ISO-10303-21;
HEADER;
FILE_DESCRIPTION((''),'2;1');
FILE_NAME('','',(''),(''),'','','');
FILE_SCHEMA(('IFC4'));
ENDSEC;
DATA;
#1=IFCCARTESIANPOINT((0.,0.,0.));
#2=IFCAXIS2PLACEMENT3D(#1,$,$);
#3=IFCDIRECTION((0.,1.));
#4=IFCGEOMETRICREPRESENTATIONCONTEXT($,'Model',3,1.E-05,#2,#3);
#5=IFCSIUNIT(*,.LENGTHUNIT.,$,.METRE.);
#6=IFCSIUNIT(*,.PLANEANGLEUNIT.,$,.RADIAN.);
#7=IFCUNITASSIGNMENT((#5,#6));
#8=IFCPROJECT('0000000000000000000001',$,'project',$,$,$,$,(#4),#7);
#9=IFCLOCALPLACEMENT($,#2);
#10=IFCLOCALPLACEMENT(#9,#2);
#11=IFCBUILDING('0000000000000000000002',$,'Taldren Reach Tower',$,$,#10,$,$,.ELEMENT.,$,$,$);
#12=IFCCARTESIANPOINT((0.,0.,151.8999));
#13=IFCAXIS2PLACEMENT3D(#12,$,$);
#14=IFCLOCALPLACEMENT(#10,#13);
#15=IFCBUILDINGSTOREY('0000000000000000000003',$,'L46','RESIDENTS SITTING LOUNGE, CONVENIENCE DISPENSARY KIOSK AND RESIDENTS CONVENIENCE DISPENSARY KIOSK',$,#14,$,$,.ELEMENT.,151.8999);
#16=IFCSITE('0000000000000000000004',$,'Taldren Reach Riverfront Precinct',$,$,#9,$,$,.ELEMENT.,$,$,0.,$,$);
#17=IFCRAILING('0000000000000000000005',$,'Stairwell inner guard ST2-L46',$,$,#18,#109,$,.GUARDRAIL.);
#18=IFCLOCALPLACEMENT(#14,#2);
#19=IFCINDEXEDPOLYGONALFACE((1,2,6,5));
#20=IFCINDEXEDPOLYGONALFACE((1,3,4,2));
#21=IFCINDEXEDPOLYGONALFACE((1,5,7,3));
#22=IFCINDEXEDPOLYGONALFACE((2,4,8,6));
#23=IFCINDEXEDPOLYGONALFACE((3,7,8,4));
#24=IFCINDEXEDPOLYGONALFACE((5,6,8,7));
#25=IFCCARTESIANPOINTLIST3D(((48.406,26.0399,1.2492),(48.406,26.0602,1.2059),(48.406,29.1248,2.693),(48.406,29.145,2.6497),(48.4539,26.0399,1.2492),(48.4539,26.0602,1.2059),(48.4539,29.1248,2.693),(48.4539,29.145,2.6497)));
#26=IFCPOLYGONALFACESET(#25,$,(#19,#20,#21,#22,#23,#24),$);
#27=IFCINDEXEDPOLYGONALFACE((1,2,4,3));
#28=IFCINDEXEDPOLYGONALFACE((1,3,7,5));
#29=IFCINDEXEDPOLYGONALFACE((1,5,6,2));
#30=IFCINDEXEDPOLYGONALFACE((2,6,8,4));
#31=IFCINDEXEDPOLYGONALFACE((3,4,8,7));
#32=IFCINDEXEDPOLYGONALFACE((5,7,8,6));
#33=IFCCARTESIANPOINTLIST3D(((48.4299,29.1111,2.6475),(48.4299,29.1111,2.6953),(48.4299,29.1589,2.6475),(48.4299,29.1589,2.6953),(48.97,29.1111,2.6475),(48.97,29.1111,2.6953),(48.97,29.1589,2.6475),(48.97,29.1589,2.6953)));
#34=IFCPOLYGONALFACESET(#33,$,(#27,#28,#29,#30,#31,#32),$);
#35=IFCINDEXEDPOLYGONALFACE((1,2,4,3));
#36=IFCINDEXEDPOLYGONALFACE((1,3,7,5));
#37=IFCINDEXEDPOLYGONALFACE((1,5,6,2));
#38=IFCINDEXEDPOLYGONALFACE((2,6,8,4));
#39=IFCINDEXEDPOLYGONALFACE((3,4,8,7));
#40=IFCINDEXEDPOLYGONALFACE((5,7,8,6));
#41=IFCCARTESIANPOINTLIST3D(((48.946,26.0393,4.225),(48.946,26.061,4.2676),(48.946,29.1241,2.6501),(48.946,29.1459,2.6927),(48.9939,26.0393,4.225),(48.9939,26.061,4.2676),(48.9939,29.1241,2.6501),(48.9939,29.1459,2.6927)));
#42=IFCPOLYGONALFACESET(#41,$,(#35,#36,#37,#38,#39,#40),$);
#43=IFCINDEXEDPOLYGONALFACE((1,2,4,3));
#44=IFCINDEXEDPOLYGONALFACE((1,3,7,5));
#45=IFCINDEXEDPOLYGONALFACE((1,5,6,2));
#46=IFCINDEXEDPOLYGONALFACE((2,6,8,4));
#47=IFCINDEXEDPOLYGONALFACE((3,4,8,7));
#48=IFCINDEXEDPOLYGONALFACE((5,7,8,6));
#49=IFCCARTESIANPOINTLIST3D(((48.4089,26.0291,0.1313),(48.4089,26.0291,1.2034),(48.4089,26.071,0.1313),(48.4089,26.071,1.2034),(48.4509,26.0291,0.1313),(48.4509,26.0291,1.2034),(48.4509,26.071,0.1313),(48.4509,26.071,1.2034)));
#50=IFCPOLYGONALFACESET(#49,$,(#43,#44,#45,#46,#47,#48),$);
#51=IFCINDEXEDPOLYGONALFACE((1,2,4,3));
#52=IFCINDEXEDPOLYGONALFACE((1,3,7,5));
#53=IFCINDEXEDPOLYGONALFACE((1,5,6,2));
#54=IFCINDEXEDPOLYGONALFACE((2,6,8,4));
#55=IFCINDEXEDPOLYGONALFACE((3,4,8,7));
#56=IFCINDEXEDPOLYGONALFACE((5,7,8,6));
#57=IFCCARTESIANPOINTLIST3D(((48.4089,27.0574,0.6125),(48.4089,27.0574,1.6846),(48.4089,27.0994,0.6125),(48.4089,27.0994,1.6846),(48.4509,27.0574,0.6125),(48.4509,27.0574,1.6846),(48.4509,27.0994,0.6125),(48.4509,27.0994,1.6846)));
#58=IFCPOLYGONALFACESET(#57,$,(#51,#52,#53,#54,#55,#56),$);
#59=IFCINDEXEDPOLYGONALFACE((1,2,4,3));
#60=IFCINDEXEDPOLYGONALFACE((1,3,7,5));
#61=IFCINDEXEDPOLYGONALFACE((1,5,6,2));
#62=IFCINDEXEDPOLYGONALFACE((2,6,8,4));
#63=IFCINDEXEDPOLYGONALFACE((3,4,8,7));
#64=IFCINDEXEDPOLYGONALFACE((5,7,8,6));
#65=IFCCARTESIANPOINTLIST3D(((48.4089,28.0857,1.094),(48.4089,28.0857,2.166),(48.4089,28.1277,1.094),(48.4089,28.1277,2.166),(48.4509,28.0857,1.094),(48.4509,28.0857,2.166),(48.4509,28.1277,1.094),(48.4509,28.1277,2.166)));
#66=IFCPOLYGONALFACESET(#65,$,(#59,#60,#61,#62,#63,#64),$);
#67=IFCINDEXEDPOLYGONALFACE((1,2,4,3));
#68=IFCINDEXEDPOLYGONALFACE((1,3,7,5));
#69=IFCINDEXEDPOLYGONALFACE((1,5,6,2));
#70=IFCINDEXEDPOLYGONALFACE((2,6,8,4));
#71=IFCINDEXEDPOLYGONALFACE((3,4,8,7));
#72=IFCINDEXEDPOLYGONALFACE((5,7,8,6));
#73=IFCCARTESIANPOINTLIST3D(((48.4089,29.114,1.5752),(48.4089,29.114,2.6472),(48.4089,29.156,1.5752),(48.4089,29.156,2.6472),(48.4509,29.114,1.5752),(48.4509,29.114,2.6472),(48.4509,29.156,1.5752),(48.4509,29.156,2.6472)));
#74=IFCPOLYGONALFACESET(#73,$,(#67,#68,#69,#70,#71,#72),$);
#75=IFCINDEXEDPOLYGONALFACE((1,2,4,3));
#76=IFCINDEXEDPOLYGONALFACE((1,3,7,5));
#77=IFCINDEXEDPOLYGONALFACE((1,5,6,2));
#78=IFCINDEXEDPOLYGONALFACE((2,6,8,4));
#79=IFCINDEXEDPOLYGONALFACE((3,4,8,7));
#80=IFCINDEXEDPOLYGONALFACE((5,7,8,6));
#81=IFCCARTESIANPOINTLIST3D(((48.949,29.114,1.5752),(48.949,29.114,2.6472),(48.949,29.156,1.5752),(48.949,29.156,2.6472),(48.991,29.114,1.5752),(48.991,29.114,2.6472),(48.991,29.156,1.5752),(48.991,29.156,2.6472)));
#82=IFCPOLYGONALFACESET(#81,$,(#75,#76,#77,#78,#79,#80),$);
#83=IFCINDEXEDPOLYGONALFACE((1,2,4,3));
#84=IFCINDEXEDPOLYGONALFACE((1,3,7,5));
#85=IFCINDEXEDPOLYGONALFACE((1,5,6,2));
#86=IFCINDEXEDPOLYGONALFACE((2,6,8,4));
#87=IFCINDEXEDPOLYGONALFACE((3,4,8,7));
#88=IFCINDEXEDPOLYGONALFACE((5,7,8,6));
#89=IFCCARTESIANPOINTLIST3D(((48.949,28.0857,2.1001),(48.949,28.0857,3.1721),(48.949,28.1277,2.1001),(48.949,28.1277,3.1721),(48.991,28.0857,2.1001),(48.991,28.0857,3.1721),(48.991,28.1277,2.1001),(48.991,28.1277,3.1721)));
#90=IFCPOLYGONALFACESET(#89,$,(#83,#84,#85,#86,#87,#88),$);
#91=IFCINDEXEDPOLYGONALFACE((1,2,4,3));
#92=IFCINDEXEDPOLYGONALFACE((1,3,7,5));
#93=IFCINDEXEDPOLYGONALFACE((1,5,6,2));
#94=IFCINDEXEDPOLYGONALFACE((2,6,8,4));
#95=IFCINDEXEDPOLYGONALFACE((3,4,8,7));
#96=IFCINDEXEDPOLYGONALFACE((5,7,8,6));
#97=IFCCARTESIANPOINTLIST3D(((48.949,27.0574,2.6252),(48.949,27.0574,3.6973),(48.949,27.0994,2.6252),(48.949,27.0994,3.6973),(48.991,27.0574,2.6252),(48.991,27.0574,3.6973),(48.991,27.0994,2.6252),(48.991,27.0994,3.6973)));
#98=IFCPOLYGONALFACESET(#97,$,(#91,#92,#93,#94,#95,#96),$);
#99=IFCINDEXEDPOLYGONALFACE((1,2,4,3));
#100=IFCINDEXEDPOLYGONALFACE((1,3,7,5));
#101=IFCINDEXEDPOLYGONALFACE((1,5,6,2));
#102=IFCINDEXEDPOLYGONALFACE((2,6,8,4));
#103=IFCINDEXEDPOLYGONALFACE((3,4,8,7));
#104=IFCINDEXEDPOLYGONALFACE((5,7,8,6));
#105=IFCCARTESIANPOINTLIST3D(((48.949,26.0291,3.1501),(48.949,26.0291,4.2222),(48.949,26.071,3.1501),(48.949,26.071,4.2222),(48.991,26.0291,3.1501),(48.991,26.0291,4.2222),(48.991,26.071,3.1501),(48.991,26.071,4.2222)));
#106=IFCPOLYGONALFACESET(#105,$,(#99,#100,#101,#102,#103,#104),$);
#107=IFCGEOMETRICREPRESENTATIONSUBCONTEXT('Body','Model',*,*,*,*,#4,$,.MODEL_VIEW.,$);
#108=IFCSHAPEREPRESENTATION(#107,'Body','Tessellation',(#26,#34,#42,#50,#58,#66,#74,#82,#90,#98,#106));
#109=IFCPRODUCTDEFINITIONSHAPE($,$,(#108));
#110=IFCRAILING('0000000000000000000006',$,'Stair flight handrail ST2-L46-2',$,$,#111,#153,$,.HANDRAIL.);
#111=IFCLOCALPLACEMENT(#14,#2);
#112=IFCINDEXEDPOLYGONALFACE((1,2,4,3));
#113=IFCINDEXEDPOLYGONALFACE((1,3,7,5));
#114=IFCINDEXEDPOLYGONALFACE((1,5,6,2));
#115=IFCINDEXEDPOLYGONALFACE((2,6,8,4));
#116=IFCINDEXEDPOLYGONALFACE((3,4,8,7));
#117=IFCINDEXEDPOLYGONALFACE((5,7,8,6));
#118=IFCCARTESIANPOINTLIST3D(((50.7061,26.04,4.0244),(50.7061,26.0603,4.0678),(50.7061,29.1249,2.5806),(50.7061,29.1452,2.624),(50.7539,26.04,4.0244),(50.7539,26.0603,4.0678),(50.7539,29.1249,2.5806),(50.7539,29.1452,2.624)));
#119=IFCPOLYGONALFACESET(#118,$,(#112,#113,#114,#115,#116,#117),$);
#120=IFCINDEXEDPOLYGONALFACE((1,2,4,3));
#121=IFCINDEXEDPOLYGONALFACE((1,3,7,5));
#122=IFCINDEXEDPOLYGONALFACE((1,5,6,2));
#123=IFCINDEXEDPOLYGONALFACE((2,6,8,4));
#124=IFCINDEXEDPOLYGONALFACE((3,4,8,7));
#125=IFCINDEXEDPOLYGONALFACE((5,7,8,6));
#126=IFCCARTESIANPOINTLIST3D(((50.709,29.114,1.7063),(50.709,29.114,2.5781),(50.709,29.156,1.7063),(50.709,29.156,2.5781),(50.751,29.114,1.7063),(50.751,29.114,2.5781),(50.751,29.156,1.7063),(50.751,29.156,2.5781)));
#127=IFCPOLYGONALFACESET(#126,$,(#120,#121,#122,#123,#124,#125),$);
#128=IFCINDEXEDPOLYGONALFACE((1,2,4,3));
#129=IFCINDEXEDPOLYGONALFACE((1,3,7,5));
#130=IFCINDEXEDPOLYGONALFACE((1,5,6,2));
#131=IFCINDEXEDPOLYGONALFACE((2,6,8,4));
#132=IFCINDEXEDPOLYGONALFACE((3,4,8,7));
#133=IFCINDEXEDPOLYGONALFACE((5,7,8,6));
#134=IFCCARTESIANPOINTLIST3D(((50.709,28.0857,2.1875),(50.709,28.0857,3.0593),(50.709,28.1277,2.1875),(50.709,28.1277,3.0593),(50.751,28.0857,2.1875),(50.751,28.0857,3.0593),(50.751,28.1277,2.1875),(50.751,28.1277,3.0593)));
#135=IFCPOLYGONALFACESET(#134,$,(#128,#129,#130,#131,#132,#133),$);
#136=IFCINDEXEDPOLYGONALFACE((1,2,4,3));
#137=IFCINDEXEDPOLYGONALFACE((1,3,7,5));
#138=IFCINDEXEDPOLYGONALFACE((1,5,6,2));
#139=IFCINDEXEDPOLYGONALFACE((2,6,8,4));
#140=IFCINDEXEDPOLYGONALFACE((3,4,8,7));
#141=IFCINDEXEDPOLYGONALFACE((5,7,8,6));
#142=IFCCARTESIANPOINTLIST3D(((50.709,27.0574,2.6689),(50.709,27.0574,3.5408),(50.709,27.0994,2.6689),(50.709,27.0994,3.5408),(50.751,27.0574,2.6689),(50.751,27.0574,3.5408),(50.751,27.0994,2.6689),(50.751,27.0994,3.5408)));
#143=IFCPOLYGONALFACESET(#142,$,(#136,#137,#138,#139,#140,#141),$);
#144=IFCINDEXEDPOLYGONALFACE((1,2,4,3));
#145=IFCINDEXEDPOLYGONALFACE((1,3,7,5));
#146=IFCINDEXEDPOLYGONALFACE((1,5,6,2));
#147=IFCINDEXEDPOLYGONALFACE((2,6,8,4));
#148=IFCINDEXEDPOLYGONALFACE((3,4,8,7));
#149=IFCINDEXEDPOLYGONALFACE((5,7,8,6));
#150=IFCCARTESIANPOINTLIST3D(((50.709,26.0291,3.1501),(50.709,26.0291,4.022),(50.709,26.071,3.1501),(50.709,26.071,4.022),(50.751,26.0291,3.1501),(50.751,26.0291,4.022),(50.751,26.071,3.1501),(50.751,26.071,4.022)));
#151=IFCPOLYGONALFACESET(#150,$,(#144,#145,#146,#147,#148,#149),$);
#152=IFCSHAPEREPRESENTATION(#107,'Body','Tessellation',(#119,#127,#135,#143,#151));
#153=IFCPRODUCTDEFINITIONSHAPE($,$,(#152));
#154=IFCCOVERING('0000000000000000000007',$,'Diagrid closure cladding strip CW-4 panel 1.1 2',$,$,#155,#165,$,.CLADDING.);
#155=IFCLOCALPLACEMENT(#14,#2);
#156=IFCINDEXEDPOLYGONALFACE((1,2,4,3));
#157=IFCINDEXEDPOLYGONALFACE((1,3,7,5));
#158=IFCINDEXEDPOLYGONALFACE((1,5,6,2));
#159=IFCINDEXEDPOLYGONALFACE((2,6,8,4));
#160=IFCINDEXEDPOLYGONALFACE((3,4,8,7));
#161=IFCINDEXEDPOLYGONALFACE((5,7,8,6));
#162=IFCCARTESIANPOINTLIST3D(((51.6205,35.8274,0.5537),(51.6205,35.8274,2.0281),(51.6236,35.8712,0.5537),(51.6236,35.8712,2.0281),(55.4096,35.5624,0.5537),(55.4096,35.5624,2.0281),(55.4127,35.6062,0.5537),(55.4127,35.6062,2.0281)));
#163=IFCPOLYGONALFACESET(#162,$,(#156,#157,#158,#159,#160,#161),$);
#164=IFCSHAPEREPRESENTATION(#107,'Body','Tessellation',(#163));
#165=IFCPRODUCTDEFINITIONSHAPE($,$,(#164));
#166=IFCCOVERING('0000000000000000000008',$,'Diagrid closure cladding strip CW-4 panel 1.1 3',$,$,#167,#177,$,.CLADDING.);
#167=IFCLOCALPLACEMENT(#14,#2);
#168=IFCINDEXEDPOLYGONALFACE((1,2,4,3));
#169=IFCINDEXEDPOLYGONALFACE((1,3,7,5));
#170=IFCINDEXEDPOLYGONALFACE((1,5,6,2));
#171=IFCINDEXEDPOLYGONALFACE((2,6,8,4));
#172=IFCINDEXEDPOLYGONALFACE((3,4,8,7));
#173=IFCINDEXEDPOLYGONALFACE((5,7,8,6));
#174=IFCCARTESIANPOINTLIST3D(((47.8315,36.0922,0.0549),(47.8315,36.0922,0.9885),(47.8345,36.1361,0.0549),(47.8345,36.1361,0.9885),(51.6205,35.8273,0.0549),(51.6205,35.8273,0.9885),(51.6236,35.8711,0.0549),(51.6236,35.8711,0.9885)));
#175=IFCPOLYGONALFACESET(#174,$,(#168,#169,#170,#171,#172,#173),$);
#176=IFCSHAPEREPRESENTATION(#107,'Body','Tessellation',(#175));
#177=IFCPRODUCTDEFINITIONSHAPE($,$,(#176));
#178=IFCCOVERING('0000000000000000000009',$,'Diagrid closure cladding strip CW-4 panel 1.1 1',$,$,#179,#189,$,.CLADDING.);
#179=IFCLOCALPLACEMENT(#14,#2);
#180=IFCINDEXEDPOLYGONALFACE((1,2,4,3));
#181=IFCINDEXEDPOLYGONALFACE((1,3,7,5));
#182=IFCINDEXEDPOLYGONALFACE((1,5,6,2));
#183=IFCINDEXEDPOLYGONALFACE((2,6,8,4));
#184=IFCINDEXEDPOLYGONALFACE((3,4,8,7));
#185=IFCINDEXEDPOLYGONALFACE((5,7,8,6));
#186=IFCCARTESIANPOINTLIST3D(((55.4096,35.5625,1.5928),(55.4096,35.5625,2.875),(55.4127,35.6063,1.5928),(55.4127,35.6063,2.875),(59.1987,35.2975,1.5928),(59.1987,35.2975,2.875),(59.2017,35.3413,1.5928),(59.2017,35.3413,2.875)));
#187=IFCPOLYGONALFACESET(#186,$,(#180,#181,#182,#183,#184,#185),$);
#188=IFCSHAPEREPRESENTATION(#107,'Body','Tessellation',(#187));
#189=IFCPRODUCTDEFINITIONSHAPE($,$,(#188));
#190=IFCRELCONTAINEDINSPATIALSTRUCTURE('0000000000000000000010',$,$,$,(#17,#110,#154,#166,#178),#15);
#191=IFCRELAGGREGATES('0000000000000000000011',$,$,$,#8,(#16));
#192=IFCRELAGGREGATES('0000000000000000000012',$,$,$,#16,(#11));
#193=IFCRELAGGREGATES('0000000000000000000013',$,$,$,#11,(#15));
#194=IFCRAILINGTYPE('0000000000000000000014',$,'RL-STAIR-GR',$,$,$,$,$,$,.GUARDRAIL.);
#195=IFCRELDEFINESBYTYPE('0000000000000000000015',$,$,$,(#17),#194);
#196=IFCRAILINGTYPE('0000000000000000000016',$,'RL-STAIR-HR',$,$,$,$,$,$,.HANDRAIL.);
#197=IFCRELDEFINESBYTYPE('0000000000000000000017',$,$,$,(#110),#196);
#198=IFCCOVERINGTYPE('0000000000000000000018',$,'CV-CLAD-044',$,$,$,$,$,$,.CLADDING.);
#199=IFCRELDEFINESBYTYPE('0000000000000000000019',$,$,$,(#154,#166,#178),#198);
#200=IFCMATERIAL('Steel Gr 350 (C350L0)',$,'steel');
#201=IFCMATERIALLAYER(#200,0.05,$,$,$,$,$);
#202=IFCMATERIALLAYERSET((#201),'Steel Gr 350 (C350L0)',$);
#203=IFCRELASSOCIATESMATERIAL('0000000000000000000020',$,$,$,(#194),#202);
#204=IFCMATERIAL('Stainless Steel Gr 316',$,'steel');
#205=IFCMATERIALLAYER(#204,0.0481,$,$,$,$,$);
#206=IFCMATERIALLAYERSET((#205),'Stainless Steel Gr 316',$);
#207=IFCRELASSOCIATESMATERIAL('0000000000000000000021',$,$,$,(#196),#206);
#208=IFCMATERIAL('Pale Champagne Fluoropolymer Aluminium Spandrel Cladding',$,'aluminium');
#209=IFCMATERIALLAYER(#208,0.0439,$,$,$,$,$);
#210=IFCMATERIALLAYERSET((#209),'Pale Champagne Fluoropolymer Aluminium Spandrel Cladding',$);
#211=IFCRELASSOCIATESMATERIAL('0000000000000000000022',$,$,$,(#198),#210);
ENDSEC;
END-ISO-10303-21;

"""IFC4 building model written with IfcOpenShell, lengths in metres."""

from ifc_helpers import new_model, si_unit, direction, frame, origin, origin_2d, place, context, subcontext, project, spatial, rectangle, extrude, source, transform, mapped, material, layer, layer_set, type_object, element, save


model = new_model("IFC4")

# Units and contexts
model_context = context("Model", 3, precision=1e-05, world=origin(), true_north=direction((0.0, 1.0)))
body_context = subcontext(model_context, "Body", "Model", "MODEL_VIEW")
ifc_project = project(units=[si_unit("LENGTHUNIT", "METRE"), si_unit("PLANEANGLEUNIT", "RADIAN")], contexts=[model_context])

# Site, building, storey
site_placement = place(None, origin())
site = spatial("IfcSite", under=ifc_project, at=site_placement, Name="Taldren Reach Riverfront Precinct", CompositionType="ELEMENT", RefElevation=0.0)
building_placement = place(site_placement, origin())
building = spatial("IfcBuilding", under=site, at=building_placement, Name="Taldren Reach Tower", CompositionType="ELEMENT")
storey_placement = place(building_placement, frame((0.0, 0.0, 151.8999)))
storey = spatial("IfcBuildingStorey", under=building, at=storey_placement, Name="L46", Description="RESIDENTS SITTING LOUNGE, CONVENIENCE DISPENSARY KIOSK AND RESIDENTS CONVENIENCE DISPENSARY KIOSK", CompositionType="ELEMENT", Elevation=151.8999)

# Shared definitions
ifc_material_1 = material(Name="Steel Gr 350 (C350L0)", Category="steel")

# Railings
ifc_layer_1 = layer(ifc_material_1, 0.05)
ifc_layer_set_1 = layer_set([ifc_layer_1], Name="Steel Gr 350 (C350L0)")
railing_type_1 = type_object("IfcRailingType", Name="RL-STAIR-GR", PredefinedType="GUARDRAIL", material=ifc_layer_set_1)
railing_1_placement = place(storey_placement, frame((48.4299, 26.05, 0.1313)))
element("IfcRailing", 1, at=railing_1_placement, inside=storey, type_object=railing_type_1, Name="Stairwell inner guard ST2-L46", PredefinedType="GUARDRAIL", context=body_context, shape_type="SweptSolid", body=[
    extrude(rectangle(XDim=0.0479, YDim=0.0479, at=origin_2d()), frame((0.0, 0.0, 1.0962), z_axis=(0.0, 0.90571, 0.423898), x_axis=(-1.0, 0.0, 0.0)), (0.0, 0.0, 1.0), 3.406),
    extrude(rectangle(XDim=0.0479, YDim=0.0479, at=origin_2d()), frame((0.0, 3.085, 2.54), z_axis=(1.0, 0.0, 0.0), x_axis=(0.0, 1.0, 0.0)), (0.0, 0.0, 1.0), 0.54),
    extrude(rectangle(XDim=0.0479, YDim=0.0479, at=origin_2d()), frame((0.54, 3.085, 2.54), z_axis=(0.0, -0.890646, 0.454697), x_axis=(1.0, 0.0, 0.0)), (0.0, 0.0, 1.0), 3.4636),
    extrude(rectangle(XDim=0.042, YDim=0.042, at=origin_2d()), origin(), (0.0, 0.0, 1.0), 1.072),
    extrude(rectangle(XDim=0.042, YDim=0.042, at=origin_2d()), frame((0.0, 1.0283, 0.4812)), (0.0, 0.0, 1.0), 1.072),
    extrude(rectangle(XDim=0.042, YDim=0.042, at=origin_2d()), frame((0.0, 2.0566, 0.9626)), (0.0, 0.0, 1.0), 1.072),
    extrude(rectangle(XDim=0.042, YDim=0.042, at=origin_2d()), frame((0.0, 3.085, 1.4438)), (0.0, 0.0, 1.0), 1.072),
    extrude(rectangle(XDim=0.042, YDim=0.042, at=origin_2d()), frame((0.54, 3.085, 1.4438)), (0.0, 0.0, 1.0), 1.072),
    extrude(rectangle(XDim=0.042, YDim=0.042, at=origin_2d()), frame((0.54, 2.0566, 1.9688)), (0.0, 0.0, 1.0), 1.072),
    extrude(rectangle(XDim=0.042, YDim=0.042, at=origin_2d()), frame((0.54, 1.0283, 2.4939)), (0.0, 0.0, 1.0), 1.072),
    extrude(rectangle(XDim=0.042, YDim=0.042, at=origin_2d()), frame((0.54, 0.0, 3.0188)), (0.0, 0.0, 1.0), 1.072),
])
ifc_material_2 = material(Name="Stainless Steel Gr 316", Category="steel")
ifc_layer_2 = layer(ifc_material_2, 0.0481)
ifc_layer_set_2 = layer_set([ifc_layer_2], Name="Stainless Steel Gr 316")
railing_type_2 = type_object("IfcRailingType", Name="RL-STAIR-HR", PredefinedType="HANDRAIL", material=ifc_layer_set_2)
railing_2_placement = place(storey_placement, frame((50.73, 29.135, 1.7063)))
element("IfcRailing", 2, at=railing_2_placement, inside=storey, type_object=railing_type_2, Name="Stair flight handrail ST2-L46-2", PredefinedType="HANDRAIL", context=body_context, shape_type="SweptSolid", body=[
    extrude(rectangle(XDim=0.0479, YDim=0.0479, at=origin_2d()), frame((0.0, 0.0, 0.896), z_axis=(0.0, -0.90571, 0.423898), x_axis=(1.0, 0.0, 0.0)), (0.0, 0.0, 1.0), 3.406),
    extrude(rectangle(XDim=0.042, YDim=0.042, at=origin_2d()), origin(), (0.0, 0.0, 1.0), 0.8718),
    extrude(rectangle(XDim=0.042, YDim=0.042, at=origin_2d()), frame((0.0, -1.0283, 0.4812)), (0.0, 0.0, 1.0), 0.8718),
    extrude(rectangle(XDim=0.042, YDim=0.042, at=origin_2d()), frame((0.0, -2.0566, 0.9626)), (0.0, 0.0, 1.0), 0.8718),
    extrude(rectangle(XDim=0.042, YDim=0.042, at=origin_2d()), frame((0.0, -3.085, 1.4438)), (0.0, 0.0, 1.0), 0.8718),
])

# Coverings
ifc_material_3 = material(Name="Pale Champagne Fluoropolymer Aluminium Spandrel Cladding", Category="aluminium")
ifc_layer_3 = layer(ifc_material_3, 0.0439)
ifc_layer_set_3 = layer_set([ifc_layer_3], Name="Pale Champagne Fluoropolymer Aluminium Spandrel Cladding")
covering_type = type_object("IfcCoveringType", Name="CV-CLAD-044", PredefinedType="CLADDING", material=ifc_layer_set_3)
shared_shape_1 = source(origin(), body_context, "Body", "SweptSolid", [
    extrude(rectangle(XDim=3.7983, YDim=0.0439, at=origin_2d()), origin(), (0.0, 0.0, 1.0), 1.4744),
])
covering_1_placement = place(storey_placement, frame((53.5166, 35.7168, 0.5537), z_axis=(0.0, 0.0, 1.0), x_axis=(-0.997564, 0.069757, 0.0)))
element("IfcCovering", 3, at=covering_1_placement, inside=storey, type_object=covering_type, Name="Diagrid closure cladding strip CW-4 panel 1.1 2", PredefinedType="CLADDING", context=body_context, shape_type="MappedRepresentation", body=[
    mapped(shared_shape_1, transform((0.0, 0.0, 0.0), scale=1.0)),
])
shared_shape_2 = source(origin(), body_context, "Body", "SweptSolid", [
    extrude(rectangle(XDim=3.7983, YDim=0.0439, at=origin_2d()), origin(), (0.0, 0.0, 1.0), 0.9336),
])
covering_2_placement = place(storey_placement, frame((49.7275, 35.9817, 0.0549), z_axis=(0.0, 0.0, 1.0), x_axis=(-0.997564, 0.069757, 0.0)))
element("IfcCovering", 4, at=covering_2_placement, inside=storey, type_object=covering_type, Name="Diagrid closure cladding strip CW-4 panel 1.1 3", PredefinedType="CLADDING", context=body_context, shape_type="MappedRepresentation", body=[
    mapped(shared_shape_2, transform((0.0, 0.0, 0.0), scale=1.0)),
])
shared_shape_3 = source(origin(), body_context, "Body", "SweptSolid", [
    extrude(rectangle(XDim=3.7983, YDim=0.0439, at=origin_2d()), origin(), (0.0, 0.0, 1.0), 1.2822),
])
covering_3_placement = place(storey_placement, frame((57.3057, 35.4519, 1.5928), z_axis=(0.0, 0.0, 1.0), x_axis=(-0.997564, 0.069757, 0.0)))
element("IfcCovering", 5, at=covering_3_placement, inside=storey, type_object=covering_type, Name="Diagrid closure cladding strip CW-4 panel 1.1 1", PredefinedType="CLADDING", context=body_context, shape_type="MappedRepresentation", body=[
    mapped(shared_shape_3, transform((0.0, 0.0, 0.0), scale=1.0)),
])

save(model, "model.ifc")
